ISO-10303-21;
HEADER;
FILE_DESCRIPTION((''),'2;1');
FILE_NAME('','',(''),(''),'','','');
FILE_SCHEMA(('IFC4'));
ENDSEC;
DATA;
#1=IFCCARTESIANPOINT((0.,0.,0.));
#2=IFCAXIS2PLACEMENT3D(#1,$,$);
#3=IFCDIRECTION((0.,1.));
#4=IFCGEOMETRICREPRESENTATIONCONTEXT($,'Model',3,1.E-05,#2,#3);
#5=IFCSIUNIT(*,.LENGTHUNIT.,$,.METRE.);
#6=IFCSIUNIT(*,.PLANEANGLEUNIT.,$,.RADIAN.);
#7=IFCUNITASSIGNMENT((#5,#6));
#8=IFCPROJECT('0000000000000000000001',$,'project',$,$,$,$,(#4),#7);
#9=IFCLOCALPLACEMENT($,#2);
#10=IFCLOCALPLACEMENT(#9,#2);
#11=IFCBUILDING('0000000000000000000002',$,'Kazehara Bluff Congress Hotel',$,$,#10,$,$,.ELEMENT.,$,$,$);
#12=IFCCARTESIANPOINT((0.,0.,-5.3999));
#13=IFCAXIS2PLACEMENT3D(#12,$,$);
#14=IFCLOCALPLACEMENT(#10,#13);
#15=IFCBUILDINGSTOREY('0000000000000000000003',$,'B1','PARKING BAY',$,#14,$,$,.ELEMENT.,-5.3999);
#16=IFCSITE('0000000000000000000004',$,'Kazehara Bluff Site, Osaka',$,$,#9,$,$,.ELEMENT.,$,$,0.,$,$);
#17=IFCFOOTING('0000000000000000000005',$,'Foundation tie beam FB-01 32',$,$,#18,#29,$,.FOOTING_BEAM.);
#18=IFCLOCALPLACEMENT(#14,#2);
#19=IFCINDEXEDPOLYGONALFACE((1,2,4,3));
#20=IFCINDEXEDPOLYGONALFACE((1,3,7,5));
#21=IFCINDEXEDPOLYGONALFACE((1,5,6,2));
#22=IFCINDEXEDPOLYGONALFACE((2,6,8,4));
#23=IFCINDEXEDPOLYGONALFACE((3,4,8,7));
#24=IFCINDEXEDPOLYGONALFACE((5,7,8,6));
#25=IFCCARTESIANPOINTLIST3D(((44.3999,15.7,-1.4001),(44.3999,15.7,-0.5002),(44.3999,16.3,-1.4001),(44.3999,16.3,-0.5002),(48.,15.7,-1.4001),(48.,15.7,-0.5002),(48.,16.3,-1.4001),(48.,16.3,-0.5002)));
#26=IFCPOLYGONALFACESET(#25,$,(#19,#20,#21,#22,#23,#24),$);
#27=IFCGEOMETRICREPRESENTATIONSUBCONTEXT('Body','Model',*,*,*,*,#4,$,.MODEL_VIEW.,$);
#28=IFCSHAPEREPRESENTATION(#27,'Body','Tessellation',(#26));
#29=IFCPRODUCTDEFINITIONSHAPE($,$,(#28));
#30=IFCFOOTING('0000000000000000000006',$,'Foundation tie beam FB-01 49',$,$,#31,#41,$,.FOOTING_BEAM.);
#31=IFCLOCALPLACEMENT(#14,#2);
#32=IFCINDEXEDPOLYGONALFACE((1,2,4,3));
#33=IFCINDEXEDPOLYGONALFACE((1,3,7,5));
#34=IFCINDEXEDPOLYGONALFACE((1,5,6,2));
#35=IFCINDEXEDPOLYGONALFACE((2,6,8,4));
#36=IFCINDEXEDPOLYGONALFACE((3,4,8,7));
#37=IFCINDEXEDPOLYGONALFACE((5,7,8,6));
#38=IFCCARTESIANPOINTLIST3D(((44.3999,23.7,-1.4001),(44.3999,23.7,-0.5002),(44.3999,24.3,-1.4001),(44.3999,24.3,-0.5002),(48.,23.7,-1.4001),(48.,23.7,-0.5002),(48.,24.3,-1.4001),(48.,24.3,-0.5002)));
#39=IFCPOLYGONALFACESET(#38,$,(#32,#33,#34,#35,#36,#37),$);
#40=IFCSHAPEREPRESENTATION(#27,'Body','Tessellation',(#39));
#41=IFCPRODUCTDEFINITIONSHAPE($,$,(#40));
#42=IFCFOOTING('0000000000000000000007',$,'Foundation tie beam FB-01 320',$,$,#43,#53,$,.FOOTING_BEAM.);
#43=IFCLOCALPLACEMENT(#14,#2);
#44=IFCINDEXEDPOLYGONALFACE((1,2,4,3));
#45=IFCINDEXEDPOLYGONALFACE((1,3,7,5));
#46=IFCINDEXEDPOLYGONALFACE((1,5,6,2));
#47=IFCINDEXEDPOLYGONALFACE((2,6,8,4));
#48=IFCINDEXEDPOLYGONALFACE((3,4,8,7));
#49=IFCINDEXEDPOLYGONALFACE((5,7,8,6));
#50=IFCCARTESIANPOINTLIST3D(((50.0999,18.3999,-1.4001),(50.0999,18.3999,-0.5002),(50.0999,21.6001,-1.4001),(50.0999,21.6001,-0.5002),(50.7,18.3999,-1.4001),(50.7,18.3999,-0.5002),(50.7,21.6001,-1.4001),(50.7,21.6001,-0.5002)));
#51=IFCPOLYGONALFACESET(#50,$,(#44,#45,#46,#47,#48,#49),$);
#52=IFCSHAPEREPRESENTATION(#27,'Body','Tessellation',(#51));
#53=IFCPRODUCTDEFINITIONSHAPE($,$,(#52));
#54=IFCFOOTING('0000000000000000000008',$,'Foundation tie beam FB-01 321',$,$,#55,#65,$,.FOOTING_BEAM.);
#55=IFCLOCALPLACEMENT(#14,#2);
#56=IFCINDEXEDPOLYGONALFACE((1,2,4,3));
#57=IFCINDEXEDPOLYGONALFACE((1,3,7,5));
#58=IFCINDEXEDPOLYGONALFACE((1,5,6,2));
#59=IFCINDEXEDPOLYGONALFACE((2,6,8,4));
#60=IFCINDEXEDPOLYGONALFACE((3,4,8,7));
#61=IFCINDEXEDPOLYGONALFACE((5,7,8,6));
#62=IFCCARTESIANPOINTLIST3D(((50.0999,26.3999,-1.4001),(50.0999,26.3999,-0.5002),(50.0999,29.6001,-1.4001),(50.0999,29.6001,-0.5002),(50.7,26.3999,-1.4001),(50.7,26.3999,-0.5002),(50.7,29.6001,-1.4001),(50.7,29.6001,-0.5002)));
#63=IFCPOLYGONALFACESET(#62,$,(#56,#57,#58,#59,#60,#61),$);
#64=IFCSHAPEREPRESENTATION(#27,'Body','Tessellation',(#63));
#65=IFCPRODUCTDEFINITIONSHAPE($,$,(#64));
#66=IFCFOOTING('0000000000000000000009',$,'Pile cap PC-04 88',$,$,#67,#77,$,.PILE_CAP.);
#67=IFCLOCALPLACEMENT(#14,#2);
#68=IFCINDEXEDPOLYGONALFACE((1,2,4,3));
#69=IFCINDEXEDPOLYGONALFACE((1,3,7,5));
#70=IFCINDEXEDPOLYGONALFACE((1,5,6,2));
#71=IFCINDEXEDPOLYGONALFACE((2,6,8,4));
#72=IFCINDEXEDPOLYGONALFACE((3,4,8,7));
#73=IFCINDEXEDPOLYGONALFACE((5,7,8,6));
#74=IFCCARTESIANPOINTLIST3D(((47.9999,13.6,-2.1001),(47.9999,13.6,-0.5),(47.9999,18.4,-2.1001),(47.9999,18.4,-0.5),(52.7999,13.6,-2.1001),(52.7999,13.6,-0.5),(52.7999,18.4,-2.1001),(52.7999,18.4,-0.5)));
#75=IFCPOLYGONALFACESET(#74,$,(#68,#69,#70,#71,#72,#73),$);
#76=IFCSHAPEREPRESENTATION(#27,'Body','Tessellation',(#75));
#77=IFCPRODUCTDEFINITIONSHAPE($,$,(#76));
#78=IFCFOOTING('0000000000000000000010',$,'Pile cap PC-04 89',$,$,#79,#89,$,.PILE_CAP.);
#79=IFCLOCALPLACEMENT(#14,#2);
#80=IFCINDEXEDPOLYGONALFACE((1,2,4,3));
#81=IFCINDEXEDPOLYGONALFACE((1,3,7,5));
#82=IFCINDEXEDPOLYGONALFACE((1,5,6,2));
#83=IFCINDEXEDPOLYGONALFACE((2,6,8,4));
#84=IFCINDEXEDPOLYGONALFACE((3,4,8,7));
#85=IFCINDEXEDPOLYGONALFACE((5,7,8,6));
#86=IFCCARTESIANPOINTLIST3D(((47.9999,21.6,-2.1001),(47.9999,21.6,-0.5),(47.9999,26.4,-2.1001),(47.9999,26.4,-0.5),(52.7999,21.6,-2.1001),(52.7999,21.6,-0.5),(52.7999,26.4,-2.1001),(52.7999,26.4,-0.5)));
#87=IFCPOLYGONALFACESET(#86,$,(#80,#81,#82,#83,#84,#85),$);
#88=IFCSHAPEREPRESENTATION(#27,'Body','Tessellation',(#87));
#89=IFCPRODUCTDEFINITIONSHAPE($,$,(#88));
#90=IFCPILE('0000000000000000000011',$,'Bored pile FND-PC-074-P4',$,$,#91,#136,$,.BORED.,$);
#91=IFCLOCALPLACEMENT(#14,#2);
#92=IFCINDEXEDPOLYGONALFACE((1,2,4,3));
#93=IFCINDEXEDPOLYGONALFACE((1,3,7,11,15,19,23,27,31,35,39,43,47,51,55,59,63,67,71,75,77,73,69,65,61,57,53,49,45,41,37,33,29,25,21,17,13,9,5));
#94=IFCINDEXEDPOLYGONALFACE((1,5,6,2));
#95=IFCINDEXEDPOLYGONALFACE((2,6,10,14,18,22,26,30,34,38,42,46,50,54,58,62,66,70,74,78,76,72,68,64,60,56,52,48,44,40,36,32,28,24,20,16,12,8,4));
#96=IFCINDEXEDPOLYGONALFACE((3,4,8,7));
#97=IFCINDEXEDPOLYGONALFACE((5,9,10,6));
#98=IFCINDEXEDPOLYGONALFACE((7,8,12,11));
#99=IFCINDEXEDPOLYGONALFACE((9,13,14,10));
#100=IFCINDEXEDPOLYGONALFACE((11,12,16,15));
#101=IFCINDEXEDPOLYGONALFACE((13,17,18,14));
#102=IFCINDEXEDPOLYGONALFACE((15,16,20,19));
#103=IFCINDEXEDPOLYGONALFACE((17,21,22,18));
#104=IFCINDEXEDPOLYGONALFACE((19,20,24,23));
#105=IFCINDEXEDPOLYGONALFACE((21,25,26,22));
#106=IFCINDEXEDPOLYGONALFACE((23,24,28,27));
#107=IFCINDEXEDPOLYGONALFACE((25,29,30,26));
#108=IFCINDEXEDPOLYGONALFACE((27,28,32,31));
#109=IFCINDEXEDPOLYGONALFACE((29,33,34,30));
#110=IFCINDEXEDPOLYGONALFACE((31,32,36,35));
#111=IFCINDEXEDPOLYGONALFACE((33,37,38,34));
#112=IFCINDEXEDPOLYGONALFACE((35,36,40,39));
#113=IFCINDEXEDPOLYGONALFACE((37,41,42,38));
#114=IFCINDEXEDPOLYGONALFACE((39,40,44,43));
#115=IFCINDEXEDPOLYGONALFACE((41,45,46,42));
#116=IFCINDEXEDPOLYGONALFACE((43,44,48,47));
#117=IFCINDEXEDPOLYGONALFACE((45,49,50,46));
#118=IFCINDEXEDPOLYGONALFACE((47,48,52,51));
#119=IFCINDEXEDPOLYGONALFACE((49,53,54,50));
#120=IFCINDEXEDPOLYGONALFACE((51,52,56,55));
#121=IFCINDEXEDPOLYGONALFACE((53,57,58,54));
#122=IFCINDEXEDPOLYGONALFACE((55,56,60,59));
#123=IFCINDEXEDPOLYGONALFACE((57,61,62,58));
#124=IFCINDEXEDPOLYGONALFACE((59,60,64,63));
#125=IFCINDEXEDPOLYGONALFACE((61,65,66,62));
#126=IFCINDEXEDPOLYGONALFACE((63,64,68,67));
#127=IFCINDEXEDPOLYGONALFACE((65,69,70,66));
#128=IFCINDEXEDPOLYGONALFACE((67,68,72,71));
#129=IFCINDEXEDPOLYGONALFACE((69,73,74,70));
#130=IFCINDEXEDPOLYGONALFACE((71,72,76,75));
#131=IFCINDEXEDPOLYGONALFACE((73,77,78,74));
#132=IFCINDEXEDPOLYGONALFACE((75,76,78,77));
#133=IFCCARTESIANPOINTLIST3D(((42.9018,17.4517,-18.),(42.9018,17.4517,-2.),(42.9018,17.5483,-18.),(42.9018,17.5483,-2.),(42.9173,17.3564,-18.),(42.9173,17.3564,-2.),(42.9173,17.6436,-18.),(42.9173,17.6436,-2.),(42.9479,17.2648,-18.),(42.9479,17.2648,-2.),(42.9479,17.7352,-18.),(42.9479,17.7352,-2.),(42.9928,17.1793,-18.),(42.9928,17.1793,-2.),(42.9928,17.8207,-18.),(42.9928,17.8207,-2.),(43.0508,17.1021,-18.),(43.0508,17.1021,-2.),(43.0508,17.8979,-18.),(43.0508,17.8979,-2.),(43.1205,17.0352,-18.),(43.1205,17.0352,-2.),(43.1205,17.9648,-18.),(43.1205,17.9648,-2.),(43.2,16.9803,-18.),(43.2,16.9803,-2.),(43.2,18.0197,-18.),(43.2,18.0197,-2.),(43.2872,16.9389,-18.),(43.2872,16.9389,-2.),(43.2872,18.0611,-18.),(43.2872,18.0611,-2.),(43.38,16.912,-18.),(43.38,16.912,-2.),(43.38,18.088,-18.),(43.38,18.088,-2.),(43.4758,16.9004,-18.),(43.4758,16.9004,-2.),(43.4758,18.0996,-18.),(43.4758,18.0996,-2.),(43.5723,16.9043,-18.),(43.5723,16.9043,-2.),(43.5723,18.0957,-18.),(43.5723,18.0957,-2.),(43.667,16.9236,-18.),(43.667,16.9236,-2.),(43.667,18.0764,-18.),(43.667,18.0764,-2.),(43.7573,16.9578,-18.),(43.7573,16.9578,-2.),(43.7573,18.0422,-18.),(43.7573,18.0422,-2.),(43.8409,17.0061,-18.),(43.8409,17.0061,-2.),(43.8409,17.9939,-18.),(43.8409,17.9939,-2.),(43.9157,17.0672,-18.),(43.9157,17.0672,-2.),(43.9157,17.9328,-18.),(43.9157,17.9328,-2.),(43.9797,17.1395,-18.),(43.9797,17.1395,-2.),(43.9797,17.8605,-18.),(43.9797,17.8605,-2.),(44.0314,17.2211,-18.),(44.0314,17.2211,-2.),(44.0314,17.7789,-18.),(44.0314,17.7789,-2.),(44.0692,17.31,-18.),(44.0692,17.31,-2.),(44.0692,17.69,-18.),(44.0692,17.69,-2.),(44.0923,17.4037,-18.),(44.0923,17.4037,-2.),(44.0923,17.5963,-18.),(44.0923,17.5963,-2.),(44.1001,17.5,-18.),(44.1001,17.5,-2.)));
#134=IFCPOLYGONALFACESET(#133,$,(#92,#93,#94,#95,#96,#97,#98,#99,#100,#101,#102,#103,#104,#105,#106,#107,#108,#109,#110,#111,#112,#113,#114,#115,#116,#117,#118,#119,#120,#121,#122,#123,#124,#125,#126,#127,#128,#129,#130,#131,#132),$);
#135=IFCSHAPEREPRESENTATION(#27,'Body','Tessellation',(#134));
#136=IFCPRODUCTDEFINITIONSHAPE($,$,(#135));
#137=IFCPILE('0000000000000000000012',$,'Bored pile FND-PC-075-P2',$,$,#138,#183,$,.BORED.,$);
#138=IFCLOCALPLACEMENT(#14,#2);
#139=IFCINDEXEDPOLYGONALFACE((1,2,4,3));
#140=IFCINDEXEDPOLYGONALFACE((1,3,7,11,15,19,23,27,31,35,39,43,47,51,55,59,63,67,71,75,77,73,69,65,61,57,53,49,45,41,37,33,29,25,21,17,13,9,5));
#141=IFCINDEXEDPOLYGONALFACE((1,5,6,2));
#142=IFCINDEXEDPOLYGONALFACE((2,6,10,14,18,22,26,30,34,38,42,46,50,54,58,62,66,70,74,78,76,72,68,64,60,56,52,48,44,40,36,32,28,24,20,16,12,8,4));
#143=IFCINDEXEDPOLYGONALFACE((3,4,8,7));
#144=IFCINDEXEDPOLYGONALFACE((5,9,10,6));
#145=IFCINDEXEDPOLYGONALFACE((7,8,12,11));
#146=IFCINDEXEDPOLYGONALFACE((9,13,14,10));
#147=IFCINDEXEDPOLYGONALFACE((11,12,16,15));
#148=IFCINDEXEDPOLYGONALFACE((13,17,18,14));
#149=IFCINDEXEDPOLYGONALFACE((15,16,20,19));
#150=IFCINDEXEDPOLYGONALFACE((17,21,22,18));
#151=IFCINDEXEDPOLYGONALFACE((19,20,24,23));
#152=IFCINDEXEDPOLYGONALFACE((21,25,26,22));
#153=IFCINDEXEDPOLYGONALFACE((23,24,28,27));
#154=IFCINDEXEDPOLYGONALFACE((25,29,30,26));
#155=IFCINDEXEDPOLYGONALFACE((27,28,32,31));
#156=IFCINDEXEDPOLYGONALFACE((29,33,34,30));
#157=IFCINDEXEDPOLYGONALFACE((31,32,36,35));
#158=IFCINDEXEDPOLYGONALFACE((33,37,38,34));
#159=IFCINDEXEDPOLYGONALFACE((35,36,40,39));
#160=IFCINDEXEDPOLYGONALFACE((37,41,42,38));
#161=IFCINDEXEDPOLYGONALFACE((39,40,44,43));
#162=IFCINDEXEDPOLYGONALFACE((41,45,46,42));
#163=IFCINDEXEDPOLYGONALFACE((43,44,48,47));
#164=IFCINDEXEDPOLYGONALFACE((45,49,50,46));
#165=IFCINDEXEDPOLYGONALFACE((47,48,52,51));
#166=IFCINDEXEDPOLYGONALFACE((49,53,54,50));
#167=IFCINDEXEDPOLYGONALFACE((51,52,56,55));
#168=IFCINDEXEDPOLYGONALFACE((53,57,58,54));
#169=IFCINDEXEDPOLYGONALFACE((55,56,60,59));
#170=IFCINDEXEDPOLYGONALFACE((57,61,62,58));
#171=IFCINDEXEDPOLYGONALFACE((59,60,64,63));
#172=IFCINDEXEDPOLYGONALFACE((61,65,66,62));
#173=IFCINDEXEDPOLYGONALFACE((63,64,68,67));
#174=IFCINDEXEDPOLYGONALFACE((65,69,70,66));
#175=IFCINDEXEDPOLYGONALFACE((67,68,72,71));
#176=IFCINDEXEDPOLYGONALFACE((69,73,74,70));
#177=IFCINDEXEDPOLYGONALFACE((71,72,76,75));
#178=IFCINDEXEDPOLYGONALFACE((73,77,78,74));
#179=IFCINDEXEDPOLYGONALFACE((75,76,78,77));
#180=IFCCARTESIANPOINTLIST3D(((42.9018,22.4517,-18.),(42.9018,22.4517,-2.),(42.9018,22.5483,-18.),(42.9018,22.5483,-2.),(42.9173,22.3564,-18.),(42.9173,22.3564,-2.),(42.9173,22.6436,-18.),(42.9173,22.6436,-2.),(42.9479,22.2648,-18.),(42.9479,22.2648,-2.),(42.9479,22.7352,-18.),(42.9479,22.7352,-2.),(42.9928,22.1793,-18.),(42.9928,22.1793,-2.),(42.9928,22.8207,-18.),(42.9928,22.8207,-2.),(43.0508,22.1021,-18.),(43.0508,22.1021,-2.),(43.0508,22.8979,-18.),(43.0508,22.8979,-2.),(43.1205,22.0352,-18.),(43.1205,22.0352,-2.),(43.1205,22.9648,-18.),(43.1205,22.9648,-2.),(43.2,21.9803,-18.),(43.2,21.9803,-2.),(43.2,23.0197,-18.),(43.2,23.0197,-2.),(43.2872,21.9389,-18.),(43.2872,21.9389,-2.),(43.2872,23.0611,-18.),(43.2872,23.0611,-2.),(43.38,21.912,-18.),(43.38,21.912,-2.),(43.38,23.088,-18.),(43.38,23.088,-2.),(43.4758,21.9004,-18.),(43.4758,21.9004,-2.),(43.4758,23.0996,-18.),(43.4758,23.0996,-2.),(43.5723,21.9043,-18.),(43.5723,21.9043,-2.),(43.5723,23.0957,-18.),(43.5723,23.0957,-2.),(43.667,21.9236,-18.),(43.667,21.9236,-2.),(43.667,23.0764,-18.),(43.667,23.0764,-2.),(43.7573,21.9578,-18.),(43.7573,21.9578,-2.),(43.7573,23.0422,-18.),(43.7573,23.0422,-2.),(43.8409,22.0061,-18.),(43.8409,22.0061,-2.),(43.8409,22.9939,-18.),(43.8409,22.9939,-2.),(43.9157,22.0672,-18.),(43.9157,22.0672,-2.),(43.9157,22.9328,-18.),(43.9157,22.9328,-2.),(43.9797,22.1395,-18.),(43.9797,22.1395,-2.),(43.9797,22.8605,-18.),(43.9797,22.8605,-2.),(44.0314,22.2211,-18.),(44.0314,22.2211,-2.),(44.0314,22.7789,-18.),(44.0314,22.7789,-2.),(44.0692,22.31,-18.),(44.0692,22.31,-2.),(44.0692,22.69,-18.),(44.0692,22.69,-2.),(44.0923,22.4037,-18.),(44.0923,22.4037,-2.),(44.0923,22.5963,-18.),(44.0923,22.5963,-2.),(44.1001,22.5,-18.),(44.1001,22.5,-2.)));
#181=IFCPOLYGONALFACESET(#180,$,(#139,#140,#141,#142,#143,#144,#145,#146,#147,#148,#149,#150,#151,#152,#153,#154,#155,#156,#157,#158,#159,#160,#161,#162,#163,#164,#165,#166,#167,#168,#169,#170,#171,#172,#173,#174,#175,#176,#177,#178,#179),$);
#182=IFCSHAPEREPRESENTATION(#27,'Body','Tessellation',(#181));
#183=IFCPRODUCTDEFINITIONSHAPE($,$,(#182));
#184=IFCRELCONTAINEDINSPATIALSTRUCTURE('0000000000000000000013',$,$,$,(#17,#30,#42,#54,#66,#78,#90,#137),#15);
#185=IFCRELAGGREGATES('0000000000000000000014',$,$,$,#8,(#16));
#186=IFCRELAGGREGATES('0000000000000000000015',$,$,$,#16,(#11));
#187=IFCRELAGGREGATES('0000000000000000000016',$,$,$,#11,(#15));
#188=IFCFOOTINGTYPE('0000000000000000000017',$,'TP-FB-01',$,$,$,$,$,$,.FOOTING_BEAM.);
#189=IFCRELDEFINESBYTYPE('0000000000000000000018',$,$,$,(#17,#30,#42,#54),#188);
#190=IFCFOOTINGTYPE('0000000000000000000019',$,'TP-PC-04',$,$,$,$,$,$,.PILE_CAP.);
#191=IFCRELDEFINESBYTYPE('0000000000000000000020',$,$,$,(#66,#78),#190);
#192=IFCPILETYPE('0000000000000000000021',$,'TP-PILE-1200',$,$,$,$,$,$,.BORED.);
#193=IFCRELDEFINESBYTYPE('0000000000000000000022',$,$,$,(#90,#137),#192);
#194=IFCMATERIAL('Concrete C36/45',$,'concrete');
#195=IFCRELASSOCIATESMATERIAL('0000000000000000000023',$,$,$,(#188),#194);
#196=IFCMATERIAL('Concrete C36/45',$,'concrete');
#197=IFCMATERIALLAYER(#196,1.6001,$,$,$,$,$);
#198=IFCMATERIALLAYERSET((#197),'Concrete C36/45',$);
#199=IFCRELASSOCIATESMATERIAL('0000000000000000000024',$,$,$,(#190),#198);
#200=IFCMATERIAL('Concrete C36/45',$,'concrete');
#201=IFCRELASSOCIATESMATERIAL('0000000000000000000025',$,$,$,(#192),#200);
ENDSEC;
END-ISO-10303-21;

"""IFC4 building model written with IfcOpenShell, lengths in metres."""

from ifc_helpers import new_model, si_unit, direction, frame, origin, origin_2d, place, context, subcontext, project, spatial, rectangle, circle, extrude, material, layer, layer_set, material_profile, profile_set, type_object, element, save


model = new_model("IFC4")

# Units and contexts
model_context = context("Model", 3, precision=1e-05, world=origin(), true_north=direction((0.0, 1.0)))
body_context = subcontext(model_context, "Body", "Model", "MODEL_VIEW")
ifc_project = project(units=[si_unit("LENGTHUNIT", "METRE"), si_unit("PLANEANGLEUNIT", "RADIAN")], contexts=[model_context])

# Site, building, storey
site_placement = place(None, origin())
site = spatial("IfcSite", under=ifc_project, at=site_placement, Name="Kazehara Bluff Site, Osaka", CompositionType="ELEMENT", RefElevation=0.0)
building_placement = place(site_placement, origin())
building = spatial("IfcBuilding", under=site, at=building_placement, Name="Kazehara Bluff Congress Hotel", CompositionType="ELEMENT")
storey_placement = place(building_placement, frame((0.0, 0.0, -5.3999)))
storey = spatial("IfcBuildingStorey", under=building, at=storey_placement, Name="B1", Description="PARKING BAY", CompositionType="ELEMENT", Elevation=-5.3999)

# Footings
ifc_material_1 = material(Name="Concrete C36/45", Category="concrete")
ifc_material_profile_1 = material_profile(ifc_material_1, rectangle(XDim=0.6001, YDim=0.8999, at=origin_2d()))
ifc_profile_set_1 = profile_set([ifc_material_profile_1], Name="Concrete C36/45")
footing_type_1 = type_object("IfcFootingType", Name="TP-FB-01", PredefinedType="FOOTING_BEAM", material=ifc_profile_set_1)
for number, where, z_axis, x_axis, name in (
    (1, (44.3999, 16.0, -0.9502), (1.0, 0.0, 0.0), (0.0, 1.0, 0.0), "Foundation tie beam FB-01 32"),
    (2, (44.3999, 24.0, -0.9502), (1.0, 0.0, 0.0), (0.0, 1.0, 0.0), "Foundation tie beam FB-01 49"),
):
    element("IfcFooting", number, at=place(storey_placement, frame(where, z_axis=z_axis, x_axis=x_axis)), inside=storey, type_object=footing_type_1, Name=name, PredefinedType="FOOTING_BEAM", context=body_context, shape_type="SweptSolid", body=[
        extrude(rectangle(XDim=0.6001, YDim=0.8999, at=origin_2d()), origin(), (0.0, 0.0, 1.0), 3.6001),
    ])
for number, where, z_axis, x_axis, name in (
    (3, (50.3999, 18.3999, -0.9502), (0.0, 1.0, 0.0), (-1.0, 0.0, 0.0), "Foundation tie beam FB-01 320"),
    (4, (50.3999, 26.3999, -0.9502), (0.0, 1.0, 0.0), (-1.0, 0.0, 0.0), "Foundation tie beam FB-01 321"),
):
    element("IfcFooting", number, at=place(storey_placement, frame(where, z_axis=z_axis, x_axis=x_axis)), inside=storey, type_object=footing_type_1, Name=name, PredefinedType="FOOTING_BEAM", context=body_context, shape_type="SweptSolid", body=[
        extrude(rectangle(XDim=0.6001, YDim=0.8999, at=origin_2d()), origin(), (0.0, 0.0, 1.0), 3.2002),
    ])
ifc_material_2 = material(Name="Concrete C36/45", Category="concrete")
ifc_layer = layer(ifc_material_2, 1.6001)
ifc_layer_set = layer_set([ifc_layer], Name="Concrete C36/45")
footing_type_2 = type_object("IfcFootingType", Name="TP-PC-04", PredefinedType="PILE_CAP", material=ifc_layer_set)
for number, where, z_axis, x_axis, name in (
    (5, (50.3999, 16.0, -2.1001), (0.0, 0.0, 1.0), (1.0, 0.0, 0.0), "Pile cap PC-04 88"),
    (6, (50.3999, 24.0, -2.1001), (0.0, 0.0, 1.0), (1.0, 0.0, 0.0), "Pile cap PC-04 89"),
):
    element("IfcFooting", number, at=place(storey_placement, frame(where, z_axis=z_axis, x_axis=x_axis)), inside=storey, type_object=footing_type_2, Name=name, PredefinedType="PILE_CAP", context=body_context, shape_type="SweptSolid", body=[
        extrude(rectangle(XDim=4.8, YDim=4.8, at=origin_2d()), origin(), (0.0, 0.0, 1.0), 1.6001),
    ])

# Piles
ifc_material_3 = material(Name="Concrete C36/45", Category="concrete")
ifc_material_profile_2 = material_profile(ifc_material_3, circle(Radius=0.6001, at=origin_2d()))
ifc_profile_set_2 = profile_set([ifc_material_profile_2], Name="Concrete C36/45")
pile_type = type_object("IfcPileType", Name="TP-PILE-1200", PredefinedType="BORED", material=ifc_profile_set_2)
for number, where, z_axis, x_axis, name in (
    (7, (43.5, 17.5, -2.0), (0.0, 0.0, -1.0), (1.0, 0.0, 0.0), "Bored pile FND-PC-074-P4"),
    (8, (43.5, 22.5, -2.0), (0.0, 0.0, -1.0), (1.0, 0.0, 0.0), "Bored pile FND-PC-075-P2"),
):
    element("IfcPile", number, at=place(storey_placement, frame(where, z_axis=z_axis, x_axis=x_axis)), inside=storey, type_object=pile_type, Name=name, PredefinedType="BORED", context=body_context, shape_type="SweptSolid", body=[
        extrude(circle(Radius=0.6001, at=origin_2d()), origin(), (0.0, 0.0, 1.0), 16.0),
    ])

save(model, "model.ifc")
